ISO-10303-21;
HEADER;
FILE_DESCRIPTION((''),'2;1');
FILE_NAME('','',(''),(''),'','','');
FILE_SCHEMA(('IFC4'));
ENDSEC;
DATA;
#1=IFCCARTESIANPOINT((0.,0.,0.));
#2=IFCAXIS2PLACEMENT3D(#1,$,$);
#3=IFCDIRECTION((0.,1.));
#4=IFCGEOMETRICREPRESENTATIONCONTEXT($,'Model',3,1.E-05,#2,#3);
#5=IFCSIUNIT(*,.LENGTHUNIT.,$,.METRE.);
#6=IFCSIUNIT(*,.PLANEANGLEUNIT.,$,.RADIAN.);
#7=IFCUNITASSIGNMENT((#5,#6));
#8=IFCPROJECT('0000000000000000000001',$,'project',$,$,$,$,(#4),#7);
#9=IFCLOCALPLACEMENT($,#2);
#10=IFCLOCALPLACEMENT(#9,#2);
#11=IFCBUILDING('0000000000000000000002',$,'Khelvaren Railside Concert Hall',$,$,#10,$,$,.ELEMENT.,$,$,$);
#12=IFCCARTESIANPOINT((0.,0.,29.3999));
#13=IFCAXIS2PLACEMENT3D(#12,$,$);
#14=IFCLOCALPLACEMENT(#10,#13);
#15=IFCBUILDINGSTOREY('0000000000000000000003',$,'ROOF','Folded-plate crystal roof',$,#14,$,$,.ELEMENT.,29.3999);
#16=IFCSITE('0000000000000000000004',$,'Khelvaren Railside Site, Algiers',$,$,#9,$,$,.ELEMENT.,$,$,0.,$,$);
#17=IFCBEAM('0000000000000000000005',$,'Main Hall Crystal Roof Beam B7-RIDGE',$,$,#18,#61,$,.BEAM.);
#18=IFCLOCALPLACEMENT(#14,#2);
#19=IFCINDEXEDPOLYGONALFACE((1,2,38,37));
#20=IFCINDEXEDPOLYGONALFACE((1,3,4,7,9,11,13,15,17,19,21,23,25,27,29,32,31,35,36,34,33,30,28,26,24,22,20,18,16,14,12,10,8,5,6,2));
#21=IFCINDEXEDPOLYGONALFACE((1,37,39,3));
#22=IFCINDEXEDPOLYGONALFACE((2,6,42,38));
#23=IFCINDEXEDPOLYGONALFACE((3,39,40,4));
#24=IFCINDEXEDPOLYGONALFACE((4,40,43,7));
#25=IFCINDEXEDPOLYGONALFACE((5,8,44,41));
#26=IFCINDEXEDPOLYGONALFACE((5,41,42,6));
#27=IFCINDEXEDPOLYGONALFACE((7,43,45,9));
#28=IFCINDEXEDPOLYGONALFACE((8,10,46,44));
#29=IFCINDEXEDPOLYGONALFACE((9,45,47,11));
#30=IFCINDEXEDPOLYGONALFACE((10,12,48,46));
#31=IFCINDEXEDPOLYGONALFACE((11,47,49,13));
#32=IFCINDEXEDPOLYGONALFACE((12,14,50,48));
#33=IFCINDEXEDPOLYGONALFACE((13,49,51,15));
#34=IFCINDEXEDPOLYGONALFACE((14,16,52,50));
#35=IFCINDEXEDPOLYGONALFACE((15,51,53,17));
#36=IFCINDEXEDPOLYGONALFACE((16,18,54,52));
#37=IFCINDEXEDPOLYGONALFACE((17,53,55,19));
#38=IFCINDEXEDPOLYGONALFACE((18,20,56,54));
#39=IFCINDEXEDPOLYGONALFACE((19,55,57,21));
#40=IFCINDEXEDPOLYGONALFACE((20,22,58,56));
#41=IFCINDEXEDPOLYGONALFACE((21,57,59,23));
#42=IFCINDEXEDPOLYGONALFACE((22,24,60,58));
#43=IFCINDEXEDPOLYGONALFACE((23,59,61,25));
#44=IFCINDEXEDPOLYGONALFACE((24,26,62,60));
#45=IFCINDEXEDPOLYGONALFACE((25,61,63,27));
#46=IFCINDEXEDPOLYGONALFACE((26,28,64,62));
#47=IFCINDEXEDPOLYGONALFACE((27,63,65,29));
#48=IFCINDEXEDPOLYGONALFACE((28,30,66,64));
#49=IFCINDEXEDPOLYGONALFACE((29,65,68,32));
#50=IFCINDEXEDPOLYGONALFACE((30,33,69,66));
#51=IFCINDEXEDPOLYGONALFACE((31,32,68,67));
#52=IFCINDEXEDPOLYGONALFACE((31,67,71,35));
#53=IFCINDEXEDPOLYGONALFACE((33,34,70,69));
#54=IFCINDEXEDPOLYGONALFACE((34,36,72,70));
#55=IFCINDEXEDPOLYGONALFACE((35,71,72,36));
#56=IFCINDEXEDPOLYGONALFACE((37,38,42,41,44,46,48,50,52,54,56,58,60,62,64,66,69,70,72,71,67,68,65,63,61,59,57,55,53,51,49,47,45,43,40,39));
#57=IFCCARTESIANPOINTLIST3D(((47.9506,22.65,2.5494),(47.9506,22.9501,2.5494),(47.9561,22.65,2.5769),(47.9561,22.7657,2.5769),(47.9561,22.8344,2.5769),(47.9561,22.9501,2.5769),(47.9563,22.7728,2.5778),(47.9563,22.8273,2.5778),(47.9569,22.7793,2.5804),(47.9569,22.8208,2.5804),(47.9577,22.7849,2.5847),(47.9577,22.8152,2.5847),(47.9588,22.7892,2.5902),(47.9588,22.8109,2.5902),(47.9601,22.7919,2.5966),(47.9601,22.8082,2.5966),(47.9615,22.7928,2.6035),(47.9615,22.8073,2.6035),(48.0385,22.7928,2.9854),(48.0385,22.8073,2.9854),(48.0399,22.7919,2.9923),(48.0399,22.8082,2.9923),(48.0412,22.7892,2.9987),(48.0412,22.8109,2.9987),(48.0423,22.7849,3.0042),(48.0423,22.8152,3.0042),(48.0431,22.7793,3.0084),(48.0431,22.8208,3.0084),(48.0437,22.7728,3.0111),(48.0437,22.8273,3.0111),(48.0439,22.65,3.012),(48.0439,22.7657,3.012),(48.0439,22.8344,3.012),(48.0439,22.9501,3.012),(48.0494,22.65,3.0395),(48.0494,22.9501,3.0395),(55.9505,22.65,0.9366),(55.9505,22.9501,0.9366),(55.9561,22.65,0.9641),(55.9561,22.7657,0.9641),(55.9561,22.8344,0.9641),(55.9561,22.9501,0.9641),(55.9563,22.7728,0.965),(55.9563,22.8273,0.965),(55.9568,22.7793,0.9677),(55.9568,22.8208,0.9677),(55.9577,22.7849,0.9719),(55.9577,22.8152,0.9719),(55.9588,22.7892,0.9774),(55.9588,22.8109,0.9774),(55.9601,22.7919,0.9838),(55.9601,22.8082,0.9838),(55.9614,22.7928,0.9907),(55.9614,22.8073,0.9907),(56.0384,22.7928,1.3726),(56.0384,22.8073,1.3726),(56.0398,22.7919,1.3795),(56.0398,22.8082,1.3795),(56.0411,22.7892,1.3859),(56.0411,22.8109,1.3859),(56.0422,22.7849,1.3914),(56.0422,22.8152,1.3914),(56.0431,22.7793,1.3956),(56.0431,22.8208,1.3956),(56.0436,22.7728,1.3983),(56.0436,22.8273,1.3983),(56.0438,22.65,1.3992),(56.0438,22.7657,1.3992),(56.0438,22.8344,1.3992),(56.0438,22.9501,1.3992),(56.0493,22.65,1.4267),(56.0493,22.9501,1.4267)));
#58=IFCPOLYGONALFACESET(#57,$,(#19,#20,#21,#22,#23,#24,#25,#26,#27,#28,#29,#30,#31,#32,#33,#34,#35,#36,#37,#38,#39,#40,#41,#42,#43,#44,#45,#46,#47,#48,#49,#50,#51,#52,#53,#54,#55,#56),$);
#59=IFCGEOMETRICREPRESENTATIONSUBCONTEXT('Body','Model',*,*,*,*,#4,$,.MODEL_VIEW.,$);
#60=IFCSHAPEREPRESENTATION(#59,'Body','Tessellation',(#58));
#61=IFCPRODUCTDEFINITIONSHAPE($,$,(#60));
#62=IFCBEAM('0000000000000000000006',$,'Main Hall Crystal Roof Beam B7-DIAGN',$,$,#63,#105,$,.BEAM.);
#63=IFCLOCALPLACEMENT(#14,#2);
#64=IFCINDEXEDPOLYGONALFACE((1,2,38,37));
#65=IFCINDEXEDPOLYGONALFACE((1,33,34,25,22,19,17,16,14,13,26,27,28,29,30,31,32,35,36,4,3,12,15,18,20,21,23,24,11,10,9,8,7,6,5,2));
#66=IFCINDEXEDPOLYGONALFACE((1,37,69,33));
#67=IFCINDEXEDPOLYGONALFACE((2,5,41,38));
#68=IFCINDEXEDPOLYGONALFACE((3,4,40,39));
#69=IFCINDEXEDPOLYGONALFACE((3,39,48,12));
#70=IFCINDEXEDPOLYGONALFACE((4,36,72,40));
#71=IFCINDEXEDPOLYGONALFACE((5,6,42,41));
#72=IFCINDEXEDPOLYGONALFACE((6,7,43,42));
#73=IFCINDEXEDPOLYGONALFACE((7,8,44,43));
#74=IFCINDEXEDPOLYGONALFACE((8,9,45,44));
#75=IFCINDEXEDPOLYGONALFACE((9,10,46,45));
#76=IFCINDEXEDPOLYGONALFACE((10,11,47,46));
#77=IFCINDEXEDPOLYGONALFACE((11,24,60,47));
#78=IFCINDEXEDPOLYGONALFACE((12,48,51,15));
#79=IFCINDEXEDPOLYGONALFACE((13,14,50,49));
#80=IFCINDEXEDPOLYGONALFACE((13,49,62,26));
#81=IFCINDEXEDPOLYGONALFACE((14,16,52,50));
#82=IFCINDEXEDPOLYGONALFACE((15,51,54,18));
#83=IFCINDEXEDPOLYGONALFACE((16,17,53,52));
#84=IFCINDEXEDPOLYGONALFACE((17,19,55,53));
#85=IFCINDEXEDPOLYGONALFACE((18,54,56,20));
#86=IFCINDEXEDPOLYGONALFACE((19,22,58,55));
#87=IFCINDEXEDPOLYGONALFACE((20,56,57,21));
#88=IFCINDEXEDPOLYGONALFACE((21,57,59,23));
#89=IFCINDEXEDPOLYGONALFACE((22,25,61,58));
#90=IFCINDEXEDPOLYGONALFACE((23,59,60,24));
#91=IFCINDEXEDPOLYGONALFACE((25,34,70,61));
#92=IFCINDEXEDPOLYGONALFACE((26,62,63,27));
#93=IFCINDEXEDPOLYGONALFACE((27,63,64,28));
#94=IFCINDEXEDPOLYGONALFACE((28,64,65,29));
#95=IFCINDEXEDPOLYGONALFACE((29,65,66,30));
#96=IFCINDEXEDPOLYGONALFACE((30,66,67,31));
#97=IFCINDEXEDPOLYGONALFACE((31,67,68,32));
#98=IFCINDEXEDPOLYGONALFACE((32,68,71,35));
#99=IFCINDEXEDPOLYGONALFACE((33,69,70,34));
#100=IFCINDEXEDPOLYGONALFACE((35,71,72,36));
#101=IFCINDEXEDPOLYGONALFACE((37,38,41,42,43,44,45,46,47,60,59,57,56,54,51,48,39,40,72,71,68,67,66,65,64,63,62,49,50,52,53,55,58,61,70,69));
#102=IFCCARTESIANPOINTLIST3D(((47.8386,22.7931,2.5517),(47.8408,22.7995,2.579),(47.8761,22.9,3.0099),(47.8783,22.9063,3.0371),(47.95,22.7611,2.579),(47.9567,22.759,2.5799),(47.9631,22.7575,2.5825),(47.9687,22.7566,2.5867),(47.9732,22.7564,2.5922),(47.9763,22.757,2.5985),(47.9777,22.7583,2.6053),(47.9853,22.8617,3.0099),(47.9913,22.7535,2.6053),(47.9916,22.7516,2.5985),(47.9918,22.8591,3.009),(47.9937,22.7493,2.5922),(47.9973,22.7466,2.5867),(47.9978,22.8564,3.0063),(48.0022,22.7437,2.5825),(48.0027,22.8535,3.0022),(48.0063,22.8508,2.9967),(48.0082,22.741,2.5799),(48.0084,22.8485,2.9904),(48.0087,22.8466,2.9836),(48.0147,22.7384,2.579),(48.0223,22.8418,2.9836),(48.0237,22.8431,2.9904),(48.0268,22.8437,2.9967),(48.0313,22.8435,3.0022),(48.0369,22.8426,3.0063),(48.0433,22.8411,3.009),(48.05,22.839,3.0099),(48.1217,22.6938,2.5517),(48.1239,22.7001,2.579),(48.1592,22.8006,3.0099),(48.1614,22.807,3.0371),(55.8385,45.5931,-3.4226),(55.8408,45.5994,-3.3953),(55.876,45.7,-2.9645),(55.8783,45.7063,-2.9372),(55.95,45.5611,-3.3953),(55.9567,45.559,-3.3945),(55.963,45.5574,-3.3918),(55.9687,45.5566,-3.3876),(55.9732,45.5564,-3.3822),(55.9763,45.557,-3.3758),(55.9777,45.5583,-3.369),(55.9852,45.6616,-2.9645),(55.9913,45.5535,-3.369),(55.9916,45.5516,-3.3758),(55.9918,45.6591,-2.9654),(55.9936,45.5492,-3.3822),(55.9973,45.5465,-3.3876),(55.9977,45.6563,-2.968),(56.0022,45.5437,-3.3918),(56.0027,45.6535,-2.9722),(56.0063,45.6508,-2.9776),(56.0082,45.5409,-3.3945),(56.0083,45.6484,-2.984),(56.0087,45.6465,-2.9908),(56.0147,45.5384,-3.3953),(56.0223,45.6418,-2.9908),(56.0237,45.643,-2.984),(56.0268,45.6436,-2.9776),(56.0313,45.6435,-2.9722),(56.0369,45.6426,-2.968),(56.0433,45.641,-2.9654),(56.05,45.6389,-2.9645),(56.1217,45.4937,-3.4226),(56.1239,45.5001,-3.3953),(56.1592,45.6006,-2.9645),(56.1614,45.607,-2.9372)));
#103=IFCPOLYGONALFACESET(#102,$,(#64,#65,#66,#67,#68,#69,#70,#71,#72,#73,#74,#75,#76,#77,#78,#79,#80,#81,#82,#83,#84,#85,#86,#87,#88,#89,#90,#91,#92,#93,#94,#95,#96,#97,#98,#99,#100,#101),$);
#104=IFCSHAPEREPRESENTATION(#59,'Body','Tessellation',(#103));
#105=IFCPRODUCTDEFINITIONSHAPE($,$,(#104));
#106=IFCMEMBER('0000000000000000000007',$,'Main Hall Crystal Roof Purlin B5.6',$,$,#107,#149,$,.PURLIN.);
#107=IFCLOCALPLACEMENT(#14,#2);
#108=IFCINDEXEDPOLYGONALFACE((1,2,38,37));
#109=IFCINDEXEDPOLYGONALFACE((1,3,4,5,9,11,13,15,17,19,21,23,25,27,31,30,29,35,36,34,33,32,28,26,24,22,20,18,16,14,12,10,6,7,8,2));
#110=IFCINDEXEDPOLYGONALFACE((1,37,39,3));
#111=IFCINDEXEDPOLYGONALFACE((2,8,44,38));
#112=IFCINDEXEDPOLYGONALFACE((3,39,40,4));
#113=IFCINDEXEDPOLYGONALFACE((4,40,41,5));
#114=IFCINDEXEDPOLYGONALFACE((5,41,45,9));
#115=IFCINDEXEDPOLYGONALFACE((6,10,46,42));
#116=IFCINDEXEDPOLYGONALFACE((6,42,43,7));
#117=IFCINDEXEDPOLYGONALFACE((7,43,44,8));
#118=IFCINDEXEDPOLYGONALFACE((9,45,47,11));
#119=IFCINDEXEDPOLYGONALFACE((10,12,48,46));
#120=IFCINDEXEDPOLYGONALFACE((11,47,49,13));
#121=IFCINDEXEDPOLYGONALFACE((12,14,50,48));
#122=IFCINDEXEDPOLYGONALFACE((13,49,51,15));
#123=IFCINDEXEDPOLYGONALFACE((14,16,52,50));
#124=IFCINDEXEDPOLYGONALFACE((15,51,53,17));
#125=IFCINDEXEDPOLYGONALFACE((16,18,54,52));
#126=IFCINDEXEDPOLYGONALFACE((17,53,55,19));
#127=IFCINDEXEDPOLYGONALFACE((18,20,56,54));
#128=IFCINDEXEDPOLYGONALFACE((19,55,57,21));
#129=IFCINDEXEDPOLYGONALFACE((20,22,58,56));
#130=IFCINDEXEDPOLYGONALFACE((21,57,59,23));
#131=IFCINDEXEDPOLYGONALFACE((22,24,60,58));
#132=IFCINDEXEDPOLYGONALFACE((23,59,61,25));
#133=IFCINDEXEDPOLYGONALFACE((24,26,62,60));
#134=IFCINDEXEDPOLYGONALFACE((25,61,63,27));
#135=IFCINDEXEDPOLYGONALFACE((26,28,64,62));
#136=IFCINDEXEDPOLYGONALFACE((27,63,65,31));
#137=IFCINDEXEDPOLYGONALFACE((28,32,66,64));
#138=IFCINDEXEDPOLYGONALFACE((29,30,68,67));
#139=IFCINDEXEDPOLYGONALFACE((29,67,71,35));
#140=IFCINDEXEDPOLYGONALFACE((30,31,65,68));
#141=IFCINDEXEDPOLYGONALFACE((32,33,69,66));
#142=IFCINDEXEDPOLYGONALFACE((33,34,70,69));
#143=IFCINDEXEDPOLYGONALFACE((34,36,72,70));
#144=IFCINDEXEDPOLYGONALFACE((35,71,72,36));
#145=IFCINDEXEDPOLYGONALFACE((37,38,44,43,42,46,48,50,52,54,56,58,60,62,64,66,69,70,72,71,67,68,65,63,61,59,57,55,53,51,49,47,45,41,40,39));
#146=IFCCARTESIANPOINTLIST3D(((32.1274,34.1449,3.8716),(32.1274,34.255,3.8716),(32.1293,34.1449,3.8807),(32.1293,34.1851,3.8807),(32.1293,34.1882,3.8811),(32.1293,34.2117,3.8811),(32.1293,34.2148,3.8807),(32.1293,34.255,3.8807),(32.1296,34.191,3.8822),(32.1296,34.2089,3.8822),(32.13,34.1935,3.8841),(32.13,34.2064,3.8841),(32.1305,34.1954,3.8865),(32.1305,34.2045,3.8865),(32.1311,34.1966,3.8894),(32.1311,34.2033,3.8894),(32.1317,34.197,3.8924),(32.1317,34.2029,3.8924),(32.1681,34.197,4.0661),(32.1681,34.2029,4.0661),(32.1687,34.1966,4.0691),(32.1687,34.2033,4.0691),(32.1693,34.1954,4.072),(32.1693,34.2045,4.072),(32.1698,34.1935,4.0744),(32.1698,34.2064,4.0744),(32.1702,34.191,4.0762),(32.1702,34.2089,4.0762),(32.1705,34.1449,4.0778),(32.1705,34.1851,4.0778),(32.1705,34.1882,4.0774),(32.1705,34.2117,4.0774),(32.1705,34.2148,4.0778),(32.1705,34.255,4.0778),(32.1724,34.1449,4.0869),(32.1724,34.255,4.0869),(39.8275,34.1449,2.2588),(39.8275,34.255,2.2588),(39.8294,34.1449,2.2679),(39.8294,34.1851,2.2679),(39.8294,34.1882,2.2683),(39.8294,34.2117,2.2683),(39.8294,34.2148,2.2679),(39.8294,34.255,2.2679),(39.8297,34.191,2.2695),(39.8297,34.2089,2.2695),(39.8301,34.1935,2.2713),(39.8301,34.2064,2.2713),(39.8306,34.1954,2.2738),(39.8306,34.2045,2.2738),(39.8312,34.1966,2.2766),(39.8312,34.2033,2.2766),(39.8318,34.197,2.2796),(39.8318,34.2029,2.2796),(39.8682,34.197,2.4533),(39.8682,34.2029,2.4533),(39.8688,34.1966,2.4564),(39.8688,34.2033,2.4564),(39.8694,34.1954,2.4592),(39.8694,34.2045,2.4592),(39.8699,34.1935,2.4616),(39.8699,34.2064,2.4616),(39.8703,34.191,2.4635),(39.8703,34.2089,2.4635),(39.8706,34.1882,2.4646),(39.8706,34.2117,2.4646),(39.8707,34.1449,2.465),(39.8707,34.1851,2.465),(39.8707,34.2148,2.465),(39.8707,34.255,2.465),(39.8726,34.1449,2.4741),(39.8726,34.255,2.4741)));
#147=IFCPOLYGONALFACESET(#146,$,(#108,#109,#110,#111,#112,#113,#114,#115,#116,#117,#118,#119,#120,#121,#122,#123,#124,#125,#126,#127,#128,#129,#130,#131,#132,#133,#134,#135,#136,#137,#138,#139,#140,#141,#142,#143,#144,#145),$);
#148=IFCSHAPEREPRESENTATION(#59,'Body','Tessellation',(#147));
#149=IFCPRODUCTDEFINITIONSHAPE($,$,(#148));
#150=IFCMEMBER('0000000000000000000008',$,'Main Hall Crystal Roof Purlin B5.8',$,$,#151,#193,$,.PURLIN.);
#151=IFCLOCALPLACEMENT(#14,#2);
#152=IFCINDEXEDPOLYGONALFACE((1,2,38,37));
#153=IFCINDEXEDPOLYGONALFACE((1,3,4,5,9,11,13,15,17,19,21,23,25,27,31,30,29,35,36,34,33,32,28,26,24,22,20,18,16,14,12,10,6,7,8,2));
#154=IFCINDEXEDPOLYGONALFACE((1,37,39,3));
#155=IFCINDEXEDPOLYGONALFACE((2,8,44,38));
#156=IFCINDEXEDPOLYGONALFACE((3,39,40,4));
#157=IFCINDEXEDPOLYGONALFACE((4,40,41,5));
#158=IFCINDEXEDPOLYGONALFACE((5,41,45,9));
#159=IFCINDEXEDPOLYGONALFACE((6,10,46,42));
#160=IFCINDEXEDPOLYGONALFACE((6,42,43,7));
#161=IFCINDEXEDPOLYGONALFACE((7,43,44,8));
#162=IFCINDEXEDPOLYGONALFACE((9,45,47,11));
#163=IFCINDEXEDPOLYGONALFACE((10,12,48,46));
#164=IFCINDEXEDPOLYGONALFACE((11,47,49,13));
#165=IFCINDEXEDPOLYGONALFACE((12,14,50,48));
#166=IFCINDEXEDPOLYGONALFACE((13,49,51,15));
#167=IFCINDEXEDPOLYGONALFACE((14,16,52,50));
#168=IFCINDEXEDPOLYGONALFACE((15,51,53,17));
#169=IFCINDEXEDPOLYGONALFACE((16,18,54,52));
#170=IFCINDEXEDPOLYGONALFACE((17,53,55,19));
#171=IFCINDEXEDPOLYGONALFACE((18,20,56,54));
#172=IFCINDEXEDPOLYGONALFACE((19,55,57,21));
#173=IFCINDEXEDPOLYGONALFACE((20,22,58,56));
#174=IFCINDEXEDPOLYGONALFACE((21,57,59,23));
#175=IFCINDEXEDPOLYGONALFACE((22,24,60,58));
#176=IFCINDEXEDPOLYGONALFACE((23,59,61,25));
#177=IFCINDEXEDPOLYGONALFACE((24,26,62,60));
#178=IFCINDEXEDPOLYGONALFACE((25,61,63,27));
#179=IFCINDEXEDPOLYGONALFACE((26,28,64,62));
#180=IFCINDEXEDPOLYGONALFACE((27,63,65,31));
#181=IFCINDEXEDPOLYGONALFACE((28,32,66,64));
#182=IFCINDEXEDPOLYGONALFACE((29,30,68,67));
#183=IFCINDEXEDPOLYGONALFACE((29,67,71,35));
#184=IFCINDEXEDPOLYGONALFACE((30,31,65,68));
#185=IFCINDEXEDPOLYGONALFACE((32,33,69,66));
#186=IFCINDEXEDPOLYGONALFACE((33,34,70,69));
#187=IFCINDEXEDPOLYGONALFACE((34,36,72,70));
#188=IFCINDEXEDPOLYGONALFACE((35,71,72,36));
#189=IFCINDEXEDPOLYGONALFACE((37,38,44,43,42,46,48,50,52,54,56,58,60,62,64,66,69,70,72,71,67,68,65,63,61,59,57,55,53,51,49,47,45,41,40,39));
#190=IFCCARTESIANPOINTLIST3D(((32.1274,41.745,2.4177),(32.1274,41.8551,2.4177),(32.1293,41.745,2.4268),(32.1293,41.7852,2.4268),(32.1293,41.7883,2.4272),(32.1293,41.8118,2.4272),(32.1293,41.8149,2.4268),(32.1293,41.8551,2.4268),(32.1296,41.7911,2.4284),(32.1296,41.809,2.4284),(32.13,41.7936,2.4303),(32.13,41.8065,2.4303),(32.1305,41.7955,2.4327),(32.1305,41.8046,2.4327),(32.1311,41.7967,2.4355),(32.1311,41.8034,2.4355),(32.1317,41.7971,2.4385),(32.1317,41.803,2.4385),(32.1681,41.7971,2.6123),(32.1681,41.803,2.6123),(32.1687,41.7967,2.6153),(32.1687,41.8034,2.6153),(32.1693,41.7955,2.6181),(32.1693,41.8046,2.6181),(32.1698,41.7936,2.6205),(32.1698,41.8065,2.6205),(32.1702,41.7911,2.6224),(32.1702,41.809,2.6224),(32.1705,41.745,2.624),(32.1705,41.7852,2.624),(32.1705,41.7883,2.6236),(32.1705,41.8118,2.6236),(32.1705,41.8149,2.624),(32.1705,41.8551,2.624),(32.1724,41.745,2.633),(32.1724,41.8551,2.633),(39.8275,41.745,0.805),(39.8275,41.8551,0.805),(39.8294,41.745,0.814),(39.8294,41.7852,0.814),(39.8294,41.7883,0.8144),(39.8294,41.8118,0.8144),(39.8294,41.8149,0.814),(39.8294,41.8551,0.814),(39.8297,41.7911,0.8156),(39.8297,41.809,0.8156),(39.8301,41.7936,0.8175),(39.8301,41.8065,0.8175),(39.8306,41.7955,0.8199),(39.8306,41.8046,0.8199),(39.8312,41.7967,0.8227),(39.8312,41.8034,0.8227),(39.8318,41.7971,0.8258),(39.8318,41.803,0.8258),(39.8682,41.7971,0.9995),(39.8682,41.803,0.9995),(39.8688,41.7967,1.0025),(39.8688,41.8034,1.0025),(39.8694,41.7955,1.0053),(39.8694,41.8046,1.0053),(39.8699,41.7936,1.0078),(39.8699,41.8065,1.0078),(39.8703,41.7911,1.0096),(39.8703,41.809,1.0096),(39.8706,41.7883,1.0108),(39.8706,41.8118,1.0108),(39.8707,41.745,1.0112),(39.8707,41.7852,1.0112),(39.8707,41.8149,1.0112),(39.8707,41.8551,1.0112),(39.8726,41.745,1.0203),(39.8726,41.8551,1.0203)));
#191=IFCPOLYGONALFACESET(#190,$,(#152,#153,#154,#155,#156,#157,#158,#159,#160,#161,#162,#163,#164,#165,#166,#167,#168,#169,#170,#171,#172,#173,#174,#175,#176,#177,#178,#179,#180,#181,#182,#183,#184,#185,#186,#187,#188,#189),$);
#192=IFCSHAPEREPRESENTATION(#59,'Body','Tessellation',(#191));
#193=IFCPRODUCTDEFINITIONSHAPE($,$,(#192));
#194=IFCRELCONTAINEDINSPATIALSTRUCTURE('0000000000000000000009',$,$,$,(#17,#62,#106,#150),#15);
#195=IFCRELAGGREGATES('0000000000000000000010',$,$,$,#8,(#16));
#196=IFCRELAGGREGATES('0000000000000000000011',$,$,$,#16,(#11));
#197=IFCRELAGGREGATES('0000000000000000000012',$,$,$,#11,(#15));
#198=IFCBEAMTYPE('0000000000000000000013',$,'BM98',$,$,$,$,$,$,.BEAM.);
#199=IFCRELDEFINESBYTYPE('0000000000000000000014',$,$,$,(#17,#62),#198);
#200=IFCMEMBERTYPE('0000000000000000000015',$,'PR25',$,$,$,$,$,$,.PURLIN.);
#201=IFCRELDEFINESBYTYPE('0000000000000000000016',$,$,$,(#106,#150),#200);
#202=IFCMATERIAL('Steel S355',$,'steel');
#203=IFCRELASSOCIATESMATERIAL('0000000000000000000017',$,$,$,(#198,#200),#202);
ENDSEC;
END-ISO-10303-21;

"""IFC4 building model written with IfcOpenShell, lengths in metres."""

from ifc_helpers import new_model, si_unit, direction, frame, origin, origin_2d, place, context, subcontext, project, spatial, i_section, extrude, material, material_profile, profile_set, type_object, element, save


model = new_model("IFC4")

# Units and contexts
model_context = context("Model", 3, precision=1e-05, world=origin(), true_north=direction((0.0, 1.0)))
body_context = subcontext(model_context, "Body", "Model", "MODEL_VIEW")
ifc_project = project(units=[si_unit("LENGTHUNIT", "METRE"), si_unit("PLANEANGLEUNIT", "RADIAN")], contexts=[model_context])

# Site, building, storey
site_placement = place(None, origin())
site = spatial("IfcSite", under=ifc_project, at=site_placement, Name="Khelvaren Railside Site, Algiers", CompositionType="ELEMENT", RefElevation=0.0)
building_placement = place(site_placement, origin())
building = spatial("IfcBuilding", under=site, at=building_placement, Name="Khelvaren Railside Concert Hall", CompositionType="ELEMENT")
storey_placement = place(building_placement, frame((0.0, 0.0, 29.3999)))
storey = spatial("IfcBuildingStorey", under=building, at=storey_placement, Name="ROOF", Description="Folded-plate crystal roof", CompositionType="ELEMENT", Elevation=29.3999)

# Beams
ifc_material_1 = material(Name="Steel S355", Category="steel")
ifc_material_profile_1 = material_profile(ifc_material_1, i_section(OverallWidth=0.3, OverallDepth=0.5, WebThickness=0.0144, FlangeThickness=0.0281, FilletRadius=0.0271, at=origin_2d()), Name="HEB 500")
ifc_profile_set_1 = profile_set([ifc_material_profile_1], Name="Steel S355")
beam_type = type_object("IfcBeamType", Name="BM98", PredefinedType="BEAM", material=ifc_profile_set_1)
beam_1_placement = place(storey_placement, frame((48.0, 22.8, 2.7944), z_axis=(0.980278, 0.0, -0.197623), x_axis=(0.0, 1.0, 0.0)))
element("IfcBeam", 1, at=beam_1_placement, inside=storey, type_object=beam_type, Name="Main Hall Crystal Roof Beam B7-RIDGE", PredefinedType="BEAM", context=body_context, shape_type="SweptSolid", body=[
    extrude(i_section(OverallWidth=0.3, OverallDepth=0.5, WebThickness=0.0144, FlangeThickness=0.0281, FilletRadius=0.0271, at=origin_2d()), origin(), (0.0, 0.0, 1.0), 8.1609),
])
beam_2_placement = place(storey_placement, frame((48.0, 22.8, 2.7944), z_axis=(0.321408, 0.916015, -0.240026), x_axis=(-0.9436, 0.331087, 0.0)))
element("IfcBeam", 2, at=beam_2_placement, inside=storey, type_object=beam_type, Name="Main Hall Crystal Roof Beam B7-DIAGN", PredefinedType="BEAM", context=body_context, shape_type="SweptSolid", body=[
    extrude(i_section(OverallWidth=0.3, OverallDepth=0.5, WebThickness=0.0144, FlangeThickness=0.0281, FilletRadius=0.0271, at=origin_2d()), origin(), (0.0, 0.0, 1.0), 24.8904),
])

# Members
ifc_material_profile_2 = material_profile(ifc_material_1, i_section(OverallWidth=0.1101, OverallDepth=0.22, WebThickness=0.0059, FlangeThickness=0.0093, FilletRadius=0.012, at=origin_2d()), Name="IPE 220")
ifc_profile_set_2 = profile_set([ifc_material_profile_2], Name="Steel S355")
member_type_1 = type_object("IfcMemberType", Name="PR25", PredefinedType="PURLIN", material=ifc_profile_set_2)
for number, where, z_axis, x_axis, name in (
    (3, (32.1499, 34.2, 3.9792), (0.978762, 0.0, -0.205), (0.0, 1.0, 0.0), "Main Hall Crystal Roof Purlin B5.6"),
    (4, (32.1499, 41.8, 2.5254), (0.978762, 0.0, -0.205), (0.0, 1.0, 0.0), "Main Hall Crystal Roof Purlin B5.8"),
):
    element("IfcMember", number, at=place(storey_placement, frame(where, z_axis=z_axis, x_axis=x_axis)), inside=storey, type_object=member_type_1, Name=name, PredefinedType="PURLIN", context=body_context, shape_type="SweptSolid", body=[
        extrude(i_section(OverallWidth=0.1101, OverallDepth=0.22, WebThickness=0.0059, FlangeThickness=0.0093, FilletRadius=0.012, at=origin_2d()), origin(), (0.0, 0.0, 1.0), 7.8672),
    ])

save(model, "model.ifc")
